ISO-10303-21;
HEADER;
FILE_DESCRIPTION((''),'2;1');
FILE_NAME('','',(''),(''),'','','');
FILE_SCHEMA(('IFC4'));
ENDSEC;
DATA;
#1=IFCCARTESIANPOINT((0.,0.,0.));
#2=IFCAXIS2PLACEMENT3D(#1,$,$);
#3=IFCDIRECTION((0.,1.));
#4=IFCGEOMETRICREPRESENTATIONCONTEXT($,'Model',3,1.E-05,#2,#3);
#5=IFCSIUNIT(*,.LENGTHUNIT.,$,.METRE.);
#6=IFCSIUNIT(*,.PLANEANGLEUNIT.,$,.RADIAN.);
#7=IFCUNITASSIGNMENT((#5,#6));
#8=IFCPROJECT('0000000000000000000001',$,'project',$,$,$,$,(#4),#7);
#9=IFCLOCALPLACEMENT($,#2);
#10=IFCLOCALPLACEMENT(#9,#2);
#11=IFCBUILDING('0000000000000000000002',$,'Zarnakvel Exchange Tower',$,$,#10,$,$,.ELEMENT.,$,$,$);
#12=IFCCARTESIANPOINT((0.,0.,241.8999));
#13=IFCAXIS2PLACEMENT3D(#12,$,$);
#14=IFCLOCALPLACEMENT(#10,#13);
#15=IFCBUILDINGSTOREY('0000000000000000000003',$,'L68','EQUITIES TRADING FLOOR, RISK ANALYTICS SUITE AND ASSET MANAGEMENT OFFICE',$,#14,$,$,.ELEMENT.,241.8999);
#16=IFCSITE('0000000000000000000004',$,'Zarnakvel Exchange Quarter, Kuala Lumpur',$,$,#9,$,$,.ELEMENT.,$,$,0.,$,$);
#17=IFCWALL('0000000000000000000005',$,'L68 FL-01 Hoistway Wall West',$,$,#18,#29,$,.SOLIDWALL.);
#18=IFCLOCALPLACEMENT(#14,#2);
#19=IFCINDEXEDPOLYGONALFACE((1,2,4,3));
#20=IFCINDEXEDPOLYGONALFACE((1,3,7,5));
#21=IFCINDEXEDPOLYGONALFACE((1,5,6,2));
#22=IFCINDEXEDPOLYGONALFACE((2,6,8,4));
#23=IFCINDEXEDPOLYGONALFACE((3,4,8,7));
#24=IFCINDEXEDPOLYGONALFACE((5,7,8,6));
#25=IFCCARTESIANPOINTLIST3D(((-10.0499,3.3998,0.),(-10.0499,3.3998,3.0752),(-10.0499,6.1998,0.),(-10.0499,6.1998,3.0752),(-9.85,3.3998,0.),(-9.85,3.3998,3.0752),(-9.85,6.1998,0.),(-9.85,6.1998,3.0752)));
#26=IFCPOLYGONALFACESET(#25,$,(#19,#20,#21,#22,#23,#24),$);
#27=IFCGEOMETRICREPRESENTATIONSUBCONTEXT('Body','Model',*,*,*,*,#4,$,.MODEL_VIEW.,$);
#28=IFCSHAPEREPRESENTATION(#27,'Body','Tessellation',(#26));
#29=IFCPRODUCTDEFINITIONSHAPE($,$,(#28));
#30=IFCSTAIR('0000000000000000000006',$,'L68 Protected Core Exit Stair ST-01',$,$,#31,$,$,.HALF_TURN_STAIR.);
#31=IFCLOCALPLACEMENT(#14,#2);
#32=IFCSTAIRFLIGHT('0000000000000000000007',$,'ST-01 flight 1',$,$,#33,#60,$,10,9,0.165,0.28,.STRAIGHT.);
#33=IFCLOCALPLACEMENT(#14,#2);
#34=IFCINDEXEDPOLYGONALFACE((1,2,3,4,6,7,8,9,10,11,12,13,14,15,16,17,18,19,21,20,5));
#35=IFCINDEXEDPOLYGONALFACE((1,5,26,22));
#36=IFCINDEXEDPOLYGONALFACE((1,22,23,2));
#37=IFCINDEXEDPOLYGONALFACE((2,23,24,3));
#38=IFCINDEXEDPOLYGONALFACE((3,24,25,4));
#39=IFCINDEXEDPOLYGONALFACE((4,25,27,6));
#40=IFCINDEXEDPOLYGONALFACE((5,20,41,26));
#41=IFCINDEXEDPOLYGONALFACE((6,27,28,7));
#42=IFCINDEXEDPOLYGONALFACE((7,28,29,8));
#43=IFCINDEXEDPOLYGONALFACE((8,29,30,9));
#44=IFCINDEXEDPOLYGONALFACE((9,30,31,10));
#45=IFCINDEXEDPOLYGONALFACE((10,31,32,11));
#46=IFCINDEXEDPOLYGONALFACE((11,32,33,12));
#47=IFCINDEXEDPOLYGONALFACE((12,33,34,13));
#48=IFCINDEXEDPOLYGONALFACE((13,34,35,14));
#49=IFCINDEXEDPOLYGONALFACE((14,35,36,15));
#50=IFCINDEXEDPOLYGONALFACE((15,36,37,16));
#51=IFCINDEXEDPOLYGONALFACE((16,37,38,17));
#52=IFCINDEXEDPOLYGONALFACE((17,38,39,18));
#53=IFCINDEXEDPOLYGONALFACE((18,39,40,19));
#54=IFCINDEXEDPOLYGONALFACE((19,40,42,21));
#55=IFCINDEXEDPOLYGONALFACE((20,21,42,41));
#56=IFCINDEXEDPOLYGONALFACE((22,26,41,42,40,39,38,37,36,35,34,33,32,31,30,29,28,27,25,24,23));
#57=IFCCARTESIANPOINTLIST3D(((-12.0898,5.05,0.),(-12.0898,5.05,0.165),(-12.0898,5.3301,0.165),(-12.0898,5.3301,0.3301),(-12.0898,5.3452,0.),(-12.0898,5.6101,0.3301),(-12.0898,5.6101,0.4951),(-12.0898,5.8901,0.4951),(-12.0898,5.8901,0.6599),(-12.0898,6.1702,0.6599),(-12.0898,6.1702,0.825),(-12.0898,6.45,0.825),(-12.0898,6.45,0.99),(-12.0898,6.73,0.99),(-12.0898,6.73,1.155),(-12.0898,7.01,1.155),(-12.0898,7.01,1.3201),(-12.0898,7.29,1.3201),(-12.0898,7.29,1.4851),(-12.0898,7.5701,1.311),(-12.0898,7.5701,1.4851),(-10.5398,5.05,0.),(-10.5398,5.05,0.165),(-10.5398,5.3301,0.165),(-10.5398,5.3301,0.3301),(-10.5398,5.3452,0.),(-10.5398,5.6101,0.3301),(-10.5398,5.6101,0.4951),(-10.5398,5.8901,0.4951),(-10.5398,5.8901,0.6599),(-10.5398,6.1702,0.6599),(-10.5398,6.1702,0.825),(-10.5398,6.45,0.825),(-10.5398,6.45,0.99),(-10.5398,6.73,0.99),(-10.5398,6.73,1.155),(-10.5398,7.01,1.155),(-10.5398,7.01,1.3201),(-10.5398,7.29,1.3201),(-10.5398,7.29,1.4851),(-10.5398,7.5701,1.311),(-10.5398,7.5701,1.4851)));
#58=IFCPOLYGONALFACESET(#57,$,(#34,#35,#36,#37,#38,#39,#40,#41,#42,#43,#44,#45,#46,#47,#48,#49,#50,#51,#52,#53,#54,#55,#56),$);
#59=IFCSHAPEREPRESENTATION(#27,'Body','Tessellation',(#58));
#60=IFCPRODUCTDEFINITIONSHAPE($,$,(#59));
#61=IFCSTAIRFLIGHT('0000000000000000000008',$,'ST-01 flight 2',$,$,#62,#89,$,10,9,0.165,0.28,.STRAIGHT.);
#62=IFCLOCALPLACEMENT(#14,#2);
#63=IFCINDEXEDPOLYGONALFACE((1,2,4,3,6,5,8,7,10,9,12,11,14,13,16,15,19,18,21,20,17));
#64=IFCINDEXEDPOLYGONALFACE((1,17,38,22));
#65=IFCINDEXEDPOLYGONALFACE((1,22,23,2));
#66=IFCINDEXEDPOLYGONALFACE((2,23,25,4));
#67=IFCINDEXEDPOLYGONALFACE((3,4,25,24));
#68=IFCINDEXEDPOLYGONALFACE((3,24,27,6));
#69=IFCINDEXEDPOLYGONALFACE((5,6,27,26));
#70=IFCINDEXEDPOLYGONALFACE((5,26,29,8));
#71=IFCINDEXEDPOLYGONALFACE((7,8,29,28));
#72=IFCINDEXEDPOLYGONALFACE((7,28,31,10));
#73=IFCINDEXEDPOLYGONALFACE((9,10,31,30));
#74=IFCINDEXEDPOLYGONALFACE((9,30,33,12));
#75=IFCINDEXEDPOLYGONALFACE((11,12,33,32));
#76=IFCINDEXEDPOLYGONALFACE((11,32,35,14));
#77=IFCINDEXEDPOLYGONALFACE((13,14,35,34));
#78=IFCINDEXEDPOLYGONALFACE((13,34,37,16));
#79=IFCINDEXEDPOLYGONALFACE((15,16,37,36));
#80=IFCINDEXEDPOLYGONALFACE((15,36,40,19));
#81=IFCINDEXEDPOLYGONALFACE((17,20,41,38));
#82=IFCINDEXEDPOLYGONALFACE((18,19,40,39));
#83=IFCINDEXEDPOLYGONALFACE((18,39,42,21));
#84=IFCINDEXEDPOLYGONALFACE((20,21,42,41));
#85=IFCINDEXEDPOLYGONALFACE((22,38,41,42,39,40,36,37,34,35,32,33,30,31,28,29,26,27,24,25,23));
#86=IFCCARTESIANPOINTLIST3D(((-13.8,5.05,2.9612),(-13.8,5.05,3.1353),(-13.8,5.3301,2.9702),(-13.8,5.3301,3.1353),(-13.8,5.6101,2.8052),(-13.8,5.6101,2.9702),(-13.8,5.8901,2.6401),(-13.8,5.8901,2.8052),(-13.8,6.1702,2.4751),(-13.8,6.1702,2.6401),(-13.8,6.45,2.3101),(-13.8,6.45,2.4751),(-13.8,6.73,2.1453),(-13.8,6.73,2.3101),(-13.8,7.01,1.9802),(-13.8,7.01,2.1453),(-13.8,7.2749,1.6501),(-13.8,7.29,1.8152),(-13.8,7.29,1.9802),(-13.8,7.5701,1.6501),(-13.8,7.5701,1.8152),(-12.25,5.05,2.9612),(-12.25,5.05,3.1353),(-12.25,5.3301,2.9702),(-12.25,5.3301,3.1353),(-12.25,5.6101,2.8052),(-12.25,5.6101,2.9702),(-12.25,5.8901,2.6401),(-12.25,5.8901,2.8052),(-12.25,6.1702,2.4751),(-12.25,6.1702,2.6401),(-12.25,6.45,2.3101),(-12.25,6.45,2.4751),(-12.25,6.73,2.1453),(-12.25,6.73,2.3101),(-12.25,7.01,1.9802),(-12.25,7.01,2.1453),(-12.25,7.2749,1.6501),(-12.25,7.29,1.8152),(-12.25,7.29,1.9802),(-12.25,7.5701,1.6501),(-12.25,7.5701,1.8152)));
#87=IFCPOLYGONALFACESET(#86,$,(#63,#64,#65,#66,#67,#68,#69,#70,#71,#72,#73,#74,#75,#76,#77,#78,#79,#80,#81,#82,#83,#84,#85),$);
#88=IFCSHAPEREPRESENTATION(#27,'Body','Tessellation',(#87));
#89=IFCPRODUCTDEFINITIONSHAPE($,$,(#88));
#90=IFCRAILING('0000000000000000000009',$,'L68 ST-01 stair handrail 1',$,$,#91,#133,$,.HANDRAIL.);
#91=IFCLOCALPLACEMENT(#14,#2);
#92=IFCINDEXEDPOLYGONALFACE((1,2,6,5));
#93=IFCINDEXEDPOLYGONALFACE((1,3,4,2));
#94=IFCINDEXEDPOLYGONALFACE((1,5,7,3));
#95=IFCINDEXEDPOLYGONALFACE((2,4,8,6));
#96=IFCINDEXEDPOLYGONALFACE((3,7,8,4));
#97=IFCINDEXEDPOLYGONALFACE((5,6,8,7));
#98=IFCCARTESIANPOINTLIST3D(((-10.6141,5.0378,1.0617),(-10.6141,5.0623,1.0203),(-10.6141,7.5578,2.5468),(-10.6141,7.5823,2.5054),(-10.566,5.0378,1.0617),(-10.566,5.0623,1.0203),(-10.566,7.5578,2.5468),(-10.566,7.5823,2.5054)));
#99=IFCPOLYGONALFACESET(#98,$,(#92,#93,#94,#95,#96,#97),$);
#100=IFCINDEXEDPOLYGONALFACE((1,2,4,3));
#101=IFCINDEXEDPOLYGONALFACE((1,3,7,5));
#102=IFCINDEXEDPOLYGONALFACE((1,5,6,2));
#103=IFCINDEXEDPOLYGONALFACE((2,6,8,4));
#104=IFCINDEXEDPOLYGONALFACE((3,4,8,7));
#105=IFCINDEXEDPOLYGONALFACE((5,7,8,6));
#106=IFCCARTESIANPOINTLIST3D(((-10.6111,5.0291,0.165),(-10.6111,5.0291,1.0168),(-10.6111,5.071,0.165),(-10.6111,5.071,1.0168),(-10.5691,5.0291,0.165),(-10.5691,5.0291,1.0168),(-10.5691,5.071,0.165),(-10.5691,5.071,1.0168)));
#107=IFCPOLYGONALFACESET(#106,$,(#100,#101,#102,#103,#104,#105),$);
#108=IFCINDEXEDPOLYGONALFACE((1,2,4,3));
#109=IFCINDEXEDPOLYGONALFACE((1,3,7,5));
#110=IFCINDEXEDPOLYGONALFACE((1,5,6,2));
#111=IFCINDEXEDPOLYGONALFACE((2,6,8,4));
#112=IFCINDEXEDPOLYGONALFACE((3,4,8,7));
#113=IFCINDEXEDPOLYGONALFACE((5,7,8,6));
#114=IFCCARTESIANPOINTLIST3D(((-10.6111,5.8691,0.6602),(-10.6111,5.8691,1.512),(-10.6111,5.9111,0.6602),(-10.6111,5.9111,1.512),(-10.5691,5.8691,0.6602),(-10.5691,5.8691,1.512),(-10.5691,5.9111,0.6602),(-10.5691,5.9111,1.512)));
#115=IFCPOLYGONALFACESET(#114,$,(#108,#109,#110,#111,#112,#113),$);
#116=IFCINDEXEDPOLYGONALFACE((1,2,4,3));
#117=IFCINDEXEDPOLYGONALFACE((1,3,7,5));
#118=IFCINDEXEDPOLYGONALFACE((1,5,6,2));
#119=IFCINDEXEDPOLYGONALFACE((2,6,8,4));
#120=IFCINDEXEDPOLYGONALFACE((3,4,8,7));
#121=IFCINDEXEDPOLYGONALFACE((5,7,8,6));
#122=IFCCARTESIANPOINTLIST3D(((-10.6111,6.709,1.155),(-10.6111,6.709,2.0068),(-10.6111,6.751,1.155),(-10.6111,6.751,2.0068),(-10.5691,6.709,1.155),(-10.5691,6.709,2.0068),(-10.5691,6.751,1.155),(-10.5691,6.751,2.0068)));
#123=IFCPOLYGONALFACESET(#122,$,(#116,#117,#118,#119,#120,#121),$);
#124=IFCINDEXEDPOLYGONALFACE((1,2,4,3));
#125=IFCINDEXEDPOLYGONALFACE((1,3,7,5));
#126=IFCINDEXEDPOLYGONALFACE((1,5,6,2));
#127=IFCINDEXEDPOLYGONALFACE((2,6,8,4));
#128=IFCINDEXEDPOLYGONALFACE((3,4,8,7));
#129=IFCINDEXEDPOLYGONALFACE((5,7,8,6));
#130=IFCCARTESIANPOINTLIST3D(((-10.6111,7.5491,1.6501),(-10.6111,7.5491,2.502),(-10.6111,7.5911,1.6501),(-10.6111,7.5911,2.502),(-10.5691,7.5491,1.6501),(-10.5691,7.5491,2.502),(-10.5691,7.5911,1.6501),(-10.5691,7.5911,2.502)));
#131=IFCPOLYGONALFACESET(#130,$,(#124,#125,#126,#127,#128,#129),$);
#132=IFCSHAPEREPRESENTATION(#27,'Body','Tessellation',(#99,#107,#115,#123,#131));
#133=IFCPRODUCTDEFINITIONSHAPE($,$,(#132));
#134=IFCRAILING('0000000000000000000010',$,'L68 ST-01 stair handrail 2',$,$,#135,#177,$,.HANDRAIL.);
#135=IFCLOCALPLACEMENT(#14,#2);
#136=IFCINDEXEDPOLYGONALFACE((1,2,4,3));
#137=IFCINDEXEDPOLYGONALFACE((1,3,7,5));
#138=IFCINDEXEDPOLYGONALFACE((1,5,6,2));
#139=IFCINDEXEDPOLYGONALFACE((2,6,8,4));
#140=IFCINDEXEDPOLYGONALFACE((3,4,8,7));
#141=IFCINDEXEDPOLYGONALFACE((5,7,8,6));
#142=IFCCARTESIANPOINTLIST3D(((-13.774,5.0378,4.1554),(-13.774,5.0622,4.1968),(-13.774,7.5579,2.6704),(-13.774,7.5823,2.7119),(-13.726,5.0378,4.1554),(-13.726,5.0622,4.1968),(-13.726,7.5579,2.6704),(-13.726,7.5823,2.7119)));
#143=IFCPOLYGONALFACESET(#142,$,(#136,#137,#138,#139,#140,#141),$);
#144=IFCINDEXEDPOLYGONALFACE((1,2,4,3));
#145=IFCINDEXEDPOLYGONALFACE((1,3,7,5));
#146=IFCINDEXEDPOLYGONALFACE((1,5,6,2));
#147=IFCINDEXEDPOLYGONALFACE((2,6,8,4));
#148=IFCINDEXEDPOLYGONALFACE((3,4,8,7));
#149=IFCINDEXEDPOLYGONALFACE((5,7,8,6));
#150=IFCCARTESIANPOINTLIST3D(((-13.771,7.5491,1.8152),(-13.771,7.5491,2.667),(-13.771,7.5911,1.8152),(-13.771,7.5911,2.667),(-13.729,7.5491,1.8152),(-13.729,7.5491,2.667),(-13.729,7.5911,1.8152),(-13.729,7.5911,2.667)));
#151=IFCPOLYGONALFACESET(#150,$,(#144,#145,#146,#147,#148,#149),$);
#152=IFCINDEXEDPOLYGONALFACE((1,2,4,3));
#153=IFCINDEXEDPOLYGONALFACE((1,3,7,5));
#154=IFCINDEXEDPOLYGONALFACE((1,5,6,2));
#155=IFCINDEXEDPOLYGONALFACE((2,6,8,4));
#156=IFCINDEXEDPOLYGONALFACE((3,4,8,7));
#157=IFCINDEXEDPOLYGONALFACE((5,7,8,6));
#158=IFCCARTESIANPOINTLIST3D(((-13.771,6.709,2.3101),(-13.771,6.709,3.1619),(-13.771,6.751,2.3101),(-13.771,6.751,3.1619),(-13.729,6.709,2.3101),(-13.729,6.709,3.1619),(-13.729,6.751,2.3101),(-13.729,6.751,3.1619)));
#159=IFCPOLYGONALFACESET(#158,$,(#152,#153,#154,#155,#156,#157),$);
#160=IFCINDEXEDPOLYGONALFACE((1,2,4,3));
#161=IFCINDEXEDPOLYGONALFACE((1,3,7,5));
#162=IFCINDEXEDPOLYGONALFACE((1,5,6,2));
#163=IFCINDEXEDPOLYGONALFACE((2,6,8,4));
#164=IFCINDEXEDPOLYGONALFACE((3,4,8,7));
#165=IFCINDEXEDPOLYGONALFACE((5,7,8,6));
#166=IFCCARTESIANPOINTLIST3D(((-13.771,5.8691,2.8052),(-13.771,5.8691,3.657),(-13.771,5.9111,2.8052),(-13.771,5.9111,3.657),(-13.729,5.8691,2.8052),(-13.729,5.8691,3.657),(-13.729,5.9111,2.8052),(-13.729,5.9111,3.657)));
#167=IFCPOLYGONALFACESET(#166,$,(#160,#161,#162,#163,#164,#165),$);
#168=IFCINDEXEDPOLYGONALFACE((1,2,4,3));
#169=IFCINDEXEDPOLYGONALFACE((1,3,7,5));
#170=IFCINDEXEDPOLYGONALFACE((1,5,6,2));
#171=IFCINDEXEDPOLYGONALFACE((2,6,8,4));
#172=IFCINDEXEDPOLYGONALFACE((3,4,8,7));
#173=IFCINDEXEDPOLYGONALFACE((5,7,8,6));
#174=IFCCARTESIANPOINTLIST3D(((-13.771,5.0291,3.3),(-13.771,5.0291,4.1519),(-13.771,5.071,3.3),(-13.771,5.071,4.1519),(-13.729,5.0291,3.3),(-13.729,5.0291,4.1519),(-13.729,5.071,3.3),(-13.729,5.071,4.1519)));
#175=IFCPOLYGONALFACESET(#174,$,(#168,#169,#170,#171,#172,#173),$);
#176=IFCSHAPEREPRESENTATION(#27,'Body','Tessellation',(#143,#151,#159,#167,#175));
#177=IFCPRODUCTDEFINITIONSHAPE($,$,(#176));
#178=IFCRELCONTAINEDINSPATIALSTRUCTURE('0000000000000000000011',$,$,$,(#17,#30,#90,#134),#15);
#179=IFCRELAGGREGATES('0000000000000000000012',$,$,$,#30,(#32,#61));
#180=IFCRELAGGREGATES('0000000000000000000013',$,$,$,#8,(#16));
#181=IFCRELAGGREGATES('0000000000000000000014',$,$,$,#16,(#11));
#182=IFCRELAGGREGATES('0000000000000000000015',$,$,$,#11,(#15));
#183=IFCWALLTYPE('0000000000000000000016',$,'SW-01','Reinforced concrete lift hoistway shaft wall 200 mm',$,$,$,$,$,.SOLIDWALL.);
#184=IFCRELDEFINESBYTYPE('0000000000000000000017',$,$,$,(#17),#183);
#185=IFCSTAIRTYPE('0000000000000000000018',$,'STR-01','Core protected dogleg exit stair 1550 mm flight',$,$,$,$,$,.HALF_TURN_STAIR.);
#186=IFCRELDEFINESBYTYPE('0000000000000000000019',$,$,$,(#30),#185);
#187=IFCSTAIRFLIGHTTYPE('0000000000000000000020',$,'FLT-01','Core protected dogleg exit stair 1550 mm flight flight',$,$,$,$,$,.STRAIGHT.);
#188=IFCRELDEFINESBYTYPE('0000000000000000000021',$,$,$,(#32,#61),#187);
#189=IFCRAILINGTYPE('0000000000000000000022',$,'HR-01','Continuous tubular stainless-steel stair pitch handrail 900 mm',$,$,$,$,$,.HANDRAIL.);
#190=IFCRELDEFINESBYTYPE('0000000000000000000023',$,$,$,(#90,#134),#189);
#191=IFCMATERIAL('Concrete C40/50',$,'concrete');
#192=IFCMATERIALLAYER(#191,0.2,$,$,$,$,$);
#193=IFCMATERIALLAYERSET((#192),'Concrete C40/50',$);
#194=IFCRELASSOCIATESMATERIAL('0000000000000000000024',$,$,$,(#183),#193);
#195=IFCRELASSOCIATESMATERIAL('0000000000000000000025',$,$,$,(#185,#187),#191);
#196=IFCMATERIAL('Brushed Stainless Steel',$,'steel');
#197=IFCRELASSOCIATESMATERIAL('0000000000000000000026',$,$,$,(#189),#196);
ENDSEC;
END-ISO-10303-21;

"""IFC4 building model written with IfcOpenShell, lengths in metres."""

from ifc_helpers import new_model, si_unit, direction, frame, frame_2d, origin, origin_2d, place, context, subcontext, project, spatial, polyline, rectangle, outline, extrude, material, layer, layer_set, type_object, element, aggregate, save


model = new_model("IFC4")

# Units and contexts
model_context = context("Model", 3, precision=1e-05, world=origin(), true_north=direction((0.0, 1.0)))
body_context = subcontext(model_context, "Body", "Model", "MODEL_VIEW")
ifc_project = project(units=[si_unit("LENGTHUNIT", "METRE"), si_unit("PLANEANGLEUNIT", "RADIAN")], contexts=[model_context])

# Site, building, storey
site_placement = place(None, origin())
site = spatial("IfcSite", under=ifc_project, at=site_placement, Name="Zarnakvel Exchange Quarter, Kuala Lumpur", CompositionType="ELEMENT", RefElevation=0.0)
building_placement = place(site_placement, origin())
building = spatial("IfcBuilding", under=site, at=building_placement, Name="Zarnakvel Exchange Tower", CompositionType="ELEMENT")
storey_placement = place(building_placement, frame((0.0, 0.0, 241.8999)))
storey = spatial("IfcBuildingStorey", under=building, at=storey_placement, Name="L68", Description="EQUITIES TRADING FLOOR, RISK ANALYTICS SUITE AND ASSET MANAGEMENT OFFICE", CompositionType="ELEMENT", Elevation=241.8999)

# Wall
ifc_material_1 = material(Name="Concrete C40/50", Category="concrete")
ifc_layer_1 = layer(ifc_material_1, 0.2)
ifc_layer_set_1 = layer_set([ifc_layer_1], Name="Concrete C40/50")
wall_type_1 = type_object("IfcWallType", Name="SW-01", Description="Reinforced concrete lift hoistway shaft wall 200 mm", PredefinedType="SOLIDWALL", material=ifc_layer_set_1)
wall_1_placement = place(storey_placement, frame((-9.95, 3.3999, 0.0), z_axis=(0.0, 0.0, 1.0), x_axis=(0.0, 1.0, 0.0)))
element("IfcWall", 1, at=wall_1_placement, inside=storey, type_object=wall_type_1, Name="L68 FL-01 Hoistway Wall West", PredefinedType="SOLIDWALL", context=body_context, shape_type="SweptSolid", body=[
    extrude(rectangle(XDim=2.8, YDim=0.2, at=frame_2d((1.3999, 0.0))), origin(), (0.0, 0.0, 1.0), 3.0752),
])

# Stair, stair flights
stair_type = type_object("IfcStairType", Name="STR-01", Description="Core protected dogleg exit stair 1550 mm flight", PredefinedType="HALF_TURN_STAIR", material=ifc_material_1)
stair_placement = place(storey_placement, origin())
stair = element("IfcStair", 2, at=stair_placement, inside=storey, type_object=stair_type, Name="L68 Protected Core Exit Stair ST-01", PredefinedType="HALF_TURN_STAIR")
stair_flight_type = type_object("IfcStairFlightType", Name="FLT-01", Description="Core protected dogleg exit stair 1550 mm flight flight", PredefinedType="STRAIGHT", material=ifc_material_1)
stair_flight_1_placement = place(storey_placement, frame((-11.3149, 5.05, 0.0), z_axis=(0.0, 0.0, 1.0), x_axis=(0.0, 1.0, 0.0)))
stair_flight_1 = element("IfcStairFlight", 3, at=stair_flight_1_placement, type_object=stair_flight_type, Name="ST-01 flight 1", NumberOfRisers=10, NumberOfTreads=9, PredefinedType="STRAIGHT", RiserHeight=0.165, TreadLength=0.28, context=body_context, shape_type="SweptSolid", body=[
    extrude(outline(polyline([(0.0, 0.0), (0.0, 0.165), (0.28, 0.165), (0.28, 0.3301), (0.5601, 0.3301), (0.5601, 0.4951), (0.8401, 0.4951), (0.8401, 0.6599), (1.1201, 0.6599), (1.1201, 0.825), (1.3999, 0.825), (1.3999, 0.99), (1.6799, 0.99), (1.6799, 1.155), (1.96, 1.155), (1.96, 1.3201), (2.24, 1.3201), (2.24, 1.4851), (2.52, 1.4851), (2.52, 1.6499), (2.52, 1.311), (0.2952, 0.0), (0.0, 0.0)])), frame((0.0, 0.7749, 0.0), z_axis=(0.0, -1.0, 0.0), x_axis=(1.0, 0.0, 0.0)), (0.0, 0.0, 1.0), 1.55),
])
stair_flight_2_placement = place(storey_placement, frame((-13.0249, 7.5701, 1.6501), z_axis=(0.0, 0.0, 1.0), x_axis=(0.0, -1.0, 0.0)))
stair_flight_2 = element("IfcStairFlight", 4, at=stair_flight_2_placement, type_object=stair_flight_type, Name="ST-01 flight 2", NumberOfRisers=10, NumberOfTreads=9, PredefinedType="STRAIGHT", RiserHeight=0.165, TreadLength=0.28, context=body_context, shape_type="SweptSolid", body=[
    extrude(outline(polyline([(0.0, 0.0), (0.0, 0.165), (0.28, 0.165), (0.28, 0.3301), (0.5601, 0.3301), (0.5601, 0.4951), (0.8401, 0.4951), (0.8401, 0.6599), (1.1201, 0.6599), (1.1201, 0.825), (1.3999, 0.825), (1.3999, 0.99), (1.6799, 0.99), (1.6799, 1.155), (1.96, 1.155), (1.96, 1.3201), (2.24, 1.3201), (2.24, 1.4851), (2.52, 1.4851), (2.52, 1.6499), (2.52, 1.311), (0.2952, 0.0), (0.0, 0.0)])), frame((0.0, 0.7749, 0.0), z_axis=(0.0, -1.0, 0.0), x_axis=(1.0, 0.0, 0.0)), (0.0, 0.0, 1.0), 1.55),
])
aggregate(stair, [stair_flight_1, stair_flight_2])

# Railings
ifc_material_2 = material(Name="Brushed Stainless Steel", Category="steel")
railing_type_1 = type_object("IfcRailingType", Name="HR-01", Description="Continuous tubular stainless-steel stair pitch handrail 900 mm", PredefinedType="HANDRAIL", material=ifc_material_2)
railing_1_placement = place(storey_placement, frame((-10.5901, 5.05, 0.165)))
element("IfcRailing", 5, at=railing_1_placement, inside=storey, type_object=railing_type_1, Name="L68 ST-01 stair handrail 1", PredefinedType="HANDRAIL", context=body_context, shape_type="SweptSolid", body=[
    extrude(rectangle(XDim=0.0481, YDim=0.0481, at=origin_2d()), frame((0.0, 0.0, 0.876), z_axis=(0.0, 0.861524, 0.507717), x_axis=(-1.0, 0.0, 0.0)), (0.0, 0.0, 1.0), 2.925),
    extrude(rectangle(XDim=0.042, YDim=0.042, at=origin_2d()), origin(), (0.0, 0.0, 1.0), 0.8518),
    extrude(rectangle(XDim=0.042, YDim=0.042, at=origin_2d()), frame((0.0, 0.8401, 0.4951)), (0.0, 0.0, 1.0), 0.8518),
    extrude(rectangle(XDim=0.042, YDim=0.042, at=origin_2d()), frame((0.0, 1.6799, 0.99)), (0.0, 0.0, 1.0), 0.8518),
    extrude(rectangle(XDim=0.042, YDim=0.042, at=origin_2d()), frame((0.0, 2.52, 1.4851)), (0.0, 0.0, 1.0), 0.8518),
])
railing_2_placement = place(storey_placement, frame((-13.75, 7.5701, 1.8152)))
element("IfcRailing", 6, at=railing_2_placement, inside=storey, type_object=railing_type_1, Name="L68 ST-01 stair handrail 2", PredefinedType="HANDRAIL", context=body_context, shape_type="SweptSolid", body=[
    extrude(rectangle(XDim=0.0481, YDim=0.0481, at=origin_2d()), frame((0.0, 0.0, 0.876), z_axis=(0.0, -0.861561, 0.507655), x_axis=(1.0, 0.0, 0.0)), (0.0, 0.0, 1.0), 2.925),
    extrude(rectangle(XDim=0.042, YDim=0.042, at=origin_2d()), origin(), (0.0, 0.0, 1.0), 0.8518),
    extrude(rectangle(XDim=0.042, YDim=0.042, at=origin_2d()), frame((0.0, -0.8401, 0.4949)), (0.0, 0.0, 1.0), 0.8518),
    extrude(rectangle(XDim=0.042, YDim=0.042, at=origin_2d()), frame((0.0, -1.6799, 0.99)), (0.0, 0.0, 1.0), 0.8518),
    extrude(rectangle(XDim=0.042, YDim=0.042, at=origin_2d()), frame((0.0, -2.52, 1.4849)), (0.0, 0.0, 1.0), 0.8518),
])

save(model, "model.ifc")
